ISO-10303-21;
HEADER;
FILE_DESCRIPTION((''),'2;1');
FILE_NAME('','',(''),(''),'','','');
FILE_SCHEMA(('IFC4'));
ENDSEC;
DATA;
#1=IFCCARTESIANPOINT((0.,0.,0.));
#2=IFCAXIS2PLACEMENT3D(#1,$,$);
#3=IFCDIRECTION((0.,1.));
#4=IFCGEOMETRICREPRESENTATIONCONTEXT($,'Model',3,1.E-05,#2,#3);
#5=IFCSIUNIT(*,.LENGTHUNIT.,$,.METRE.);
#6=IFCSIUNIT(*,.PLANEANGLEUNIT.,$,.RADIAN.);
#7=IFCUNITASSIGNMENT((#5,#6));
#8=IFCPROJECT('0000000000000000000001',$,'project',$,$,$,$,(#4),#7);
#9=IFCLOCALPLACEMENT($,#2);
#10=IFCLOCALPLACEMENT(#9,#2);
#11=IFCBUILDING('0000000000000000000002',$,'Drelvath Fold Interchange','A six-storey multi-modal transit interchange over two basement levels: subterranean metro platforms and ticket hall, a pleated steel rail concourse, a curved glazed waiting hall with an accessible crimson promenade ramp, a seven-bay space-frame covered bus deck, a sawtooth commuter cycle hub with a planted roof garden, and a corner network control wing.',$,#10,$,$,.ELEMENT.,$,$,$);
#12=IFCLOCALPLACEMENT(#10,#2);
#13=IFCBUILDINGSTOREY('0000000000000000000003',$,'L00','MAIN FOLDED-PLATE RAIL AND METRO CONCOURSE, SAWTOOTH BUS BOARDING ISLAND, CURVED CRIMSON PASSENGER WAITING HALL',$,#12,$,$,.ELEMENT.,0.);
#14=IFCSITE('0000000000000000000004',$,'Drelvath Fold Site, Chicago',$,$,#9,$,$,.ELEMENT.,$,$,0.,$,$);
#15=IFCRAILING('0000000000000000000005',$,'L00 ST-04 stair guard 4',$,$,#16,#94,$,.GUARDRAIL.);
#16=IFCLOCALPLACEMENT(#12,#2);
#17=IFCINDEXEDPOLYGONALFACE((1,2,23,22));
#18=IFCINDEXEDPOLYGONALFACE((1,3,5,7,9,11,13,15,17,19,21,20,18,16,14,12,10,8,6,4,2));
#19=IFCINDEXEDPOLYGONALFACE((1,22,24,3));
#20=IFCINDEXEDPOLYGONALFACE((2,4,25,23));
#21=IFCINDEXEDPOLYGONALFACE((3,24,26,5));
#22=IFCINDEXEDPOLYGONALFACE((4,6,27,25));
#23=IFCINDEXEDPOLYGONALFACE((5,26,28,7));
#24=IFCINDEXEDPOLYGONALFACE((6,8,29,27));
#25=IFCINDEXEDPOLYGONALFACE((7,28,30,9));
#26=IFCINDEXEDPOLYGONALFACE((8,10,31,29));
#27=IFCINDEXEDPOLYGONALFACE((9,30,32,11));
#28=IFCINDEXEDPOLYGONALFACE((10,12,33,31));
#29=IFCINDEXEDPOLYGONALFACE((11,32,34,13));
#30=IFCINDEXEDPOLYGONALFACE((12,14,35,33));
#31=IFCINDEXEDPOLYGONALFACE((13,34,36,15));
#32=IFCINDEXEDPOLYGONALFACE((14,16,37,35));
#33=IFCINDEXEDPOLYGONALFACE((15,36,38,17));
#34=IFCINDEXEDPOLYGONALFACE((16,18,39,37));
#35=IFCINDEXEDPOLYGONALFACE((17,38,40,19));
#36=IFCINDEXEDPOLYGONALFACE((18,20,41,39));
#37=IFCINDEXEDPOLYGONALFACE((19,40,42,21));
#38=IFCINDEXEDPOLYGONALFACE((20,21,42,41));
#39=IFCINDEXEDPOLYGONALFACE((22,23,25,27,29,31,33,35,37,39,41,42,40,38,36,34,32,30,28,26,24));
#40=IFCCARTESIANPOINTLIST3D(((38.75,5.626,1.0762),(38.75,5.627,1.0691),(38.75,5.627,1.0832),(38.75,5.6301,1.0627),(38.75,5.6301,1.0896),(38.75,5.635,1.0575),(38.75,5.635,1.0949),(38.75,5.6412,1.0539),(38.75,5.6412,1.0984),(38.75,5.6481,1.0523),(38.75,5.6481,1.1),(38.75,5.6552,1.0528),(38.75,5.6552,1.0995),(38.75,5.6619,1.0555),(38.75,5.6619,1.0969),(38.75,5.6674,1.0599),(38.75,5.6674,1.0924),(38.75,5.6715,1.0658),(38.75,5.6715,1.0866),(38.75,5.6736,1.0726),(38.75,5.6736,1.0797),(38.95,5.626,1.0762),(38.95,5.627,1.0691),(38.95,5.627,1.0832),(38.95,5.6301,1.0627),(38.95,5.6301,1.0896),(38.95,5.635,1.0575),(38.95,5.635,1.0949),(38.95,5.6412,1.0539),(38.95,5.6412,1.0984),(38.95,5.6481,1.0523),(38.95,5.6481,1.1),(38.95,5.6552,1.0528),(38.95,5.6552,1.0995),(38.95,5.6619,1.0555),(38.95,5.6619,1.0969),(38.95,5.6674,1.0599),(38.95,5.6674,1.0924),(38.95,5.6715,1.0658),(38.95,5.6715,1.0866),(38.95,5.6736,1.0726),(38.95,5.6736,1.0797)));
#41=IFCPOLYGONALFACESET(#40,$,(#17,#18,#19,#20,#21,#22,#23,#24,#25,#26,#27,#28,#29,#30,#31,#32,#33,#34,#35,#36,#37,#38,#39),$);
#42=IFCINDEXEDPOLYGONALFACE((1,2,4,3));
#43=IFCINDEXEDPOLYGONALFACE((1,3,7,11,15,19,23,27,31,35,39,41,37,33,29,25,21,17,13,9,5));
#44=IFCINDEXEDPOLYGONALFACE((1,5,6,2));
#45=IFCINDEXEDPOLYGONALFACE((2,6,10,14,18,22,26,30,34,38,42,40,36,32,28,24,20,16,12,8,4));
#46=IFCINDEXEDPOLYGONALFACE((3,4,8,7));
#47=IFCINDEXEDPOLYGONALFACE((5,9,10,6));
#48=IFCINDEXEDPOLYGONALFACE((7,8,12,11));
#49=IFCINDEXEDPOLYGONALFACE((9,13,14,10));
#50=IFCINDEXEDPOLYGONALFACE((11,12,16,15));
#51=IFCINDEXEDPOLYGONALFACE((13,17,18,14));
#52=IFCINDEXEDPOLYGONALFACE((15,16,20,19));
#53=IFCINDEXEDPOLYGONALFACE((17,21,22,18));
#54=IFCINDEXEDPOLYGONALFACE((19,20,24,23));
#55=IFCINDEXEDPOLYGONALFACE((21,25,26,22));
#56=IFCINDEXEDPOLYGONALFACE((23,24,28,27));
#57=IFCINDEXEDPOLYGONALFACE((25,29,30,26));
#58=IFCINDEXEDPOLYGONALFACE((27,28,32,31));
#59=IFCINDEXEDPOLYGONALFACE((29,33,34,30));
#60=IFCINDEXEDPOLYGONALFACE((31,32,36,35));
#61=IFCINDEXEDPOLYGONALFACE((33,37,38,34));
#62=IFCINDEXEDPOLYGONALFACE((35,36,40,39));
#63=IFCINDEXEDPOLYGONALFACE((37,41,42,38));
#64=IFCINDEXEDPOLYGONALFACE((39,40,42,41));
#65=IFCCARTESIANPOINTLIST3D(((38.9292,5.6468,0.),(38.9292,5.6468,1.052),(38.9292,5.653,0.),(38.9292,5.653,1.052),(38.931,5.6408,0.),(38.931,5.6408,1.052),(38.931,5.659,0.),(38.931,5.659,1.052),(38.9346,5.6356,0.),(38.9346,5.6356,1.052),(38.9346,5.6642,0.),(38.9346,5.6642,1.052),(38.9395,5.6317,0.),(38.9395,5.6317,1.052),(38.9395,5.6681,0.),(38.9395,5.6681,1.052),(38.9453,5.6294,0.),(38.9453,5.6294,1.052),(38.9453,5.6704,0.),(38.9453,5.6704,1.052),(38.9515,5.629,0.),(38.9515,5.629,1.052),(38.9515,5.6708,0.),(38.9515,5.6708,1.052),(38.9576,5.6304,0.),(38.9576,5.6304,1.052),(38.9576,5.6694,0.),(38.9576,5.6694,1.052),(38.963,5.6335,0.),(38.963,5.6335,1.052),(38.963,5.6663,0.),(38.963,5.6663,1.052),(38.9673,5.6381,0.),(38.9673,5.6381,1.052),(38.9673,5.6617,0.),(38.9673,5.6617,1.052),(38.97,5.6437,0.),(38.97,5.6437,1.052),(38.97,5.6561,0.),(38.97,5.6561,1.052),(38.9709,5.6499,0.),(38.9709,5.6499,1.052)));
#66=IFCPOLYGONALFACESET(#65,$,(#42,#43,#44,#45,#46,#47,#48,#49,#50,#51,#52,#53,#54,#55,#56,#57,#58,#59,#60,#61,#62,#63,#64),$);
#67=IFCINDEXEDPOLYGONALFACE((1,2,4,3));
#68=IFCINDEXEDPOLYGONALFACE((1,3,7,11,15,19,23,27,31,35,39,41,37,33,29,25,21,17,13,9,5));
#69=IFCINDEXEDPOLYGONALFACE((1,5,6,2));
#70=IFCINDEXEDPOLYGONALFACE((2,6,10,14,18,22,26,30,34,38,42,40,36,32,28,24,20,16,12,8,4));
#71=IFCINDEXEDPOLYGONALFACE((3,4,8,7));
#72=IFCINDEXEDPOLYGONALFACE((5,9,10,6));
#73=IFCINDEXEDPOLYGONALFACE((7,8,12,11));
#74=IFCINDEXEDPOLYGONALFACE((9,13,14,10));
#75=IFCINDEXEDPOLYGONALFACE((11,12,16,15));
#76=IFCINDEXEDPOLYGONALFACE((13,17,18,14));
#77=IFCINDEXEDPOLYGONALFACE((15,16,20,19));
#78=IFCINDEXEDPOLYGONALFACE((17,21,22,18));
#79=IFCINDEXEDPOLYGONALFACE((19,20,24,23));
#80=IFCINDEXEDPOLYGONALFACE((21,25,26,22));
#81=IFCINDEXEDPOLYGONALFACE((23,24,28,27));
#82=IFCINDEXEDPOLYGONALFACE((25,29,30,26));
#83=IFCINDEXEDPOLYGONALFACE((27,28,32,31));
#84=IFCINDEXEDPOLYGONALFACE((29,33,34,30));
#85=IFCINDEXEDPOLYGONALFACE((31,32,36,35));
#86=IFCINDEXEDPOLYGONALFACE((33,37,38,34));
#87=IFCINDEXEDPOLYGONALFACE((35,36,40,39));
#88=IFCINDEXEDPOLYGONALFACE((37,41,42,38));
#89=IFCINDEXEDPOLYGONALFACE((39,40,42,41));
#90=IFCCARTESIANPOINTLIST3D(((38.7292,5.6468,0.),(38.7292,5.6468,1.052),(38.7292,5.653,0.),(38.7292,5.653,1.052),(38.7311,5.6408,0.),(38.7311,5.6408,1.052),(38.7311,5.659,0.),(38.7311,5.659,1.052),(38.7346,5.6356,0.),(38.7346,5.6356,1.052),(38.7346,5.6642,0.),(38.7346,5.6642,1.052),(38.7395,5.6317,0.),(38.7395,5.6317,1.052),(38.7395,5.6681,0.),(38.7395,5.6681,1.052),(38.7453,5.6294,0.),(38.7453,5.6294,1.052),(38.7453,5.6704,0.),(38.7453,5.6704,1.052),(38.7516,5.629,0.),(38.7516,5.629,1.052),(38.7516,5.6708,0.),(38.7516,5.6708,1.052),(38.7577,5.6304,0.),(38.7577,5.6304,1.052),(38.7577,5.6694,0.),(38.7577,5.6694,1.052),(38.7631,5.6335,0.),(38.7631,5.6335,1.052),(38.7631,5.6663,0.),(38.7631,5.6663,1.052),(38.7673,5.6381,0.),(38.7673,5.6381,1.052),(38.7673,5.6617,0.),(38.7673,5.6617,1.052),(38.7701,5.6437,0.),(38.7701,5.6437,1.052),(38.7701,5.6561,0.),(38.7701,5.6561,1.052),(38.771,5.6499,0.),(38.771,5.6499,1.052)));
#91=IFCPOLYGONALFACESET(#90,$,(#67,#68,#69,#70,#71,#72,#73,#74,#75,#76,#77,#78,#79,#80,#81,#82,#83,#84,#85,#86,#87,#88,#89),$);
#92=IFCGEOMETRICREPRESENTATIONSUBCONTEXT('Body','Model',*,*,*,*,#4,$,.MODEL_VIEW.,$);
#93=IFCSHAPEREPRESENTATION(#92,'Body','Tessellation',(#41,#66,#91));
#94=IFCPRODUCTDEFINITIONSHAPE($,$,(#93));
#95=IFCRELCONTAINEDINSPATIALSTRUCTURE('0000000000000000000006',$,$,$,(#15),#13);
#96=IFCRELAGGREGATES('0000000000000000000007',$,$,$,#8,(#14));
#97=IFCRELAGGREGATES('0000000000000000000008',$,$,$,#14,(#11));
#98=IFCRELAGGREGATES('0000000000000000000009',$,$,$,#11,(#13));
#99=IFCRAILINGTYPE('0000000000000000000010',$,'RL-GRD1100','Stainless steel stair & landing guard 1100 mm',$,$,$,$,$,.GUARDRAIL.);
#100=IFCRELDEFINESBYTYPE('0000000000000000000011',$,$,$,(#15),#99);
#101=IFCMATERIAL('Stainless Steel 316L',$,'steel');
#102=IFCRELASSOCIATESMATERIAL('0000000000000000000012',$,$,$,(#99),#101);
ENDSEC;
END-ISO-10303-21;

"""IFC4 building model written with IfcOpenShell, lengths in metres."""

from ifc_helpers import new_model, si_unit, direction, frame, origin, origin_2d, place, context, subcontext, project, spatial, circle, extrude, material, type_object, element, save


model = new_model("IFC4")

# Units and contexts
model_context = context("Model", 3, precision=1e-05, world=origin(), true_north=direction((0.0, 1.0)))
body_context = subcontext(model_context, "Body", "Model", "MODEL_VIEW")
ifc_project = project(units=[si_unit("LENGTHUNIT", "METRE"), si_unit("PLANEANGLEUNIT", "RADIAN")], contexts=[model_context])

# Site, building, storey
site_placement = place(None, origin())
site = spatial("IfcSite", under=ifc_project, at=site_placement, Name="Drelvath Fold Site, Chicago", CompositionType="ELEMENT", RefElevation=0.0)
building_placement = place(site_placement, origin())
building = spatial("IfcBuilding", under=site, at=building_placement, Name="Drelvath Fold Interchange", Description="A six-storey multi-modal transit interchange over two basement levels: subterranean metro platforms and ticket hall, a pleated steel rail concourse, a curved glazed waiting hall with an accessible crimson promenade ramp, a seven-bay space-frame covered bus deck, a sawtooth commuter cycle hub with a planted roof garden, and a corner network control wing.", CompositionType="ELEMENT")
storey_placement = place(building_placement, origin())
storey = spatial("IfcBuildingStorey", under=building, at=storey_placement, Name="L00", Description="MAIN FOLDED-PLATE RAIL AND METRO CONCOURSE, SAWTOOTH BUS BOARDING ISLAND, CURVED CRIMSON PASSENGER WAITING HALL", CompositionType="ELEMENT", Elevation=0.0)

# Railing
ifc_material_1 = material(Name="Stainless Steel 316L", Category="steel")
railing_type_1 = type_object("IfcRailingType", Name="RL-GRD1100", Description="Stainless steel stair & landing guard 1100 mm", PredefinedType="GUARDRAIL", material=ifc_material_1)
railing_1_placement = place(storey_placement, frame((38.95, 5.6499, 0.0)))
element("IfcRailing", 1, at=railing_1_placement, inside=storey, type_object=railing_type_1, Name="L00 ST-04 stair guard 4", PredefinedType="GUARDRAIL", context=body_context, shape_type="SweptSolid", body=[
    extrude(circle(Radius=0.0239, at=origin_2d()), frame((0.0, 0.0, 1.0762), z_axis=(-1.0, 0.0, 0.0), x_axis=(0.0, -1.0, 0.0)), (0.0, 0.0, 1.0), 0.2),
    extrude(circle(Radius=0.021, at=origin_2d()), origin(), (0.0, 0.0, 1.0), 1.052),
    extrude(circle(Radius=0.021, at=origin_2d()), frame((-0.2, 0.0, 0.0)), (0.0, 0.0, 1.0), 1.052),
])

save(model, "model.ifc")
